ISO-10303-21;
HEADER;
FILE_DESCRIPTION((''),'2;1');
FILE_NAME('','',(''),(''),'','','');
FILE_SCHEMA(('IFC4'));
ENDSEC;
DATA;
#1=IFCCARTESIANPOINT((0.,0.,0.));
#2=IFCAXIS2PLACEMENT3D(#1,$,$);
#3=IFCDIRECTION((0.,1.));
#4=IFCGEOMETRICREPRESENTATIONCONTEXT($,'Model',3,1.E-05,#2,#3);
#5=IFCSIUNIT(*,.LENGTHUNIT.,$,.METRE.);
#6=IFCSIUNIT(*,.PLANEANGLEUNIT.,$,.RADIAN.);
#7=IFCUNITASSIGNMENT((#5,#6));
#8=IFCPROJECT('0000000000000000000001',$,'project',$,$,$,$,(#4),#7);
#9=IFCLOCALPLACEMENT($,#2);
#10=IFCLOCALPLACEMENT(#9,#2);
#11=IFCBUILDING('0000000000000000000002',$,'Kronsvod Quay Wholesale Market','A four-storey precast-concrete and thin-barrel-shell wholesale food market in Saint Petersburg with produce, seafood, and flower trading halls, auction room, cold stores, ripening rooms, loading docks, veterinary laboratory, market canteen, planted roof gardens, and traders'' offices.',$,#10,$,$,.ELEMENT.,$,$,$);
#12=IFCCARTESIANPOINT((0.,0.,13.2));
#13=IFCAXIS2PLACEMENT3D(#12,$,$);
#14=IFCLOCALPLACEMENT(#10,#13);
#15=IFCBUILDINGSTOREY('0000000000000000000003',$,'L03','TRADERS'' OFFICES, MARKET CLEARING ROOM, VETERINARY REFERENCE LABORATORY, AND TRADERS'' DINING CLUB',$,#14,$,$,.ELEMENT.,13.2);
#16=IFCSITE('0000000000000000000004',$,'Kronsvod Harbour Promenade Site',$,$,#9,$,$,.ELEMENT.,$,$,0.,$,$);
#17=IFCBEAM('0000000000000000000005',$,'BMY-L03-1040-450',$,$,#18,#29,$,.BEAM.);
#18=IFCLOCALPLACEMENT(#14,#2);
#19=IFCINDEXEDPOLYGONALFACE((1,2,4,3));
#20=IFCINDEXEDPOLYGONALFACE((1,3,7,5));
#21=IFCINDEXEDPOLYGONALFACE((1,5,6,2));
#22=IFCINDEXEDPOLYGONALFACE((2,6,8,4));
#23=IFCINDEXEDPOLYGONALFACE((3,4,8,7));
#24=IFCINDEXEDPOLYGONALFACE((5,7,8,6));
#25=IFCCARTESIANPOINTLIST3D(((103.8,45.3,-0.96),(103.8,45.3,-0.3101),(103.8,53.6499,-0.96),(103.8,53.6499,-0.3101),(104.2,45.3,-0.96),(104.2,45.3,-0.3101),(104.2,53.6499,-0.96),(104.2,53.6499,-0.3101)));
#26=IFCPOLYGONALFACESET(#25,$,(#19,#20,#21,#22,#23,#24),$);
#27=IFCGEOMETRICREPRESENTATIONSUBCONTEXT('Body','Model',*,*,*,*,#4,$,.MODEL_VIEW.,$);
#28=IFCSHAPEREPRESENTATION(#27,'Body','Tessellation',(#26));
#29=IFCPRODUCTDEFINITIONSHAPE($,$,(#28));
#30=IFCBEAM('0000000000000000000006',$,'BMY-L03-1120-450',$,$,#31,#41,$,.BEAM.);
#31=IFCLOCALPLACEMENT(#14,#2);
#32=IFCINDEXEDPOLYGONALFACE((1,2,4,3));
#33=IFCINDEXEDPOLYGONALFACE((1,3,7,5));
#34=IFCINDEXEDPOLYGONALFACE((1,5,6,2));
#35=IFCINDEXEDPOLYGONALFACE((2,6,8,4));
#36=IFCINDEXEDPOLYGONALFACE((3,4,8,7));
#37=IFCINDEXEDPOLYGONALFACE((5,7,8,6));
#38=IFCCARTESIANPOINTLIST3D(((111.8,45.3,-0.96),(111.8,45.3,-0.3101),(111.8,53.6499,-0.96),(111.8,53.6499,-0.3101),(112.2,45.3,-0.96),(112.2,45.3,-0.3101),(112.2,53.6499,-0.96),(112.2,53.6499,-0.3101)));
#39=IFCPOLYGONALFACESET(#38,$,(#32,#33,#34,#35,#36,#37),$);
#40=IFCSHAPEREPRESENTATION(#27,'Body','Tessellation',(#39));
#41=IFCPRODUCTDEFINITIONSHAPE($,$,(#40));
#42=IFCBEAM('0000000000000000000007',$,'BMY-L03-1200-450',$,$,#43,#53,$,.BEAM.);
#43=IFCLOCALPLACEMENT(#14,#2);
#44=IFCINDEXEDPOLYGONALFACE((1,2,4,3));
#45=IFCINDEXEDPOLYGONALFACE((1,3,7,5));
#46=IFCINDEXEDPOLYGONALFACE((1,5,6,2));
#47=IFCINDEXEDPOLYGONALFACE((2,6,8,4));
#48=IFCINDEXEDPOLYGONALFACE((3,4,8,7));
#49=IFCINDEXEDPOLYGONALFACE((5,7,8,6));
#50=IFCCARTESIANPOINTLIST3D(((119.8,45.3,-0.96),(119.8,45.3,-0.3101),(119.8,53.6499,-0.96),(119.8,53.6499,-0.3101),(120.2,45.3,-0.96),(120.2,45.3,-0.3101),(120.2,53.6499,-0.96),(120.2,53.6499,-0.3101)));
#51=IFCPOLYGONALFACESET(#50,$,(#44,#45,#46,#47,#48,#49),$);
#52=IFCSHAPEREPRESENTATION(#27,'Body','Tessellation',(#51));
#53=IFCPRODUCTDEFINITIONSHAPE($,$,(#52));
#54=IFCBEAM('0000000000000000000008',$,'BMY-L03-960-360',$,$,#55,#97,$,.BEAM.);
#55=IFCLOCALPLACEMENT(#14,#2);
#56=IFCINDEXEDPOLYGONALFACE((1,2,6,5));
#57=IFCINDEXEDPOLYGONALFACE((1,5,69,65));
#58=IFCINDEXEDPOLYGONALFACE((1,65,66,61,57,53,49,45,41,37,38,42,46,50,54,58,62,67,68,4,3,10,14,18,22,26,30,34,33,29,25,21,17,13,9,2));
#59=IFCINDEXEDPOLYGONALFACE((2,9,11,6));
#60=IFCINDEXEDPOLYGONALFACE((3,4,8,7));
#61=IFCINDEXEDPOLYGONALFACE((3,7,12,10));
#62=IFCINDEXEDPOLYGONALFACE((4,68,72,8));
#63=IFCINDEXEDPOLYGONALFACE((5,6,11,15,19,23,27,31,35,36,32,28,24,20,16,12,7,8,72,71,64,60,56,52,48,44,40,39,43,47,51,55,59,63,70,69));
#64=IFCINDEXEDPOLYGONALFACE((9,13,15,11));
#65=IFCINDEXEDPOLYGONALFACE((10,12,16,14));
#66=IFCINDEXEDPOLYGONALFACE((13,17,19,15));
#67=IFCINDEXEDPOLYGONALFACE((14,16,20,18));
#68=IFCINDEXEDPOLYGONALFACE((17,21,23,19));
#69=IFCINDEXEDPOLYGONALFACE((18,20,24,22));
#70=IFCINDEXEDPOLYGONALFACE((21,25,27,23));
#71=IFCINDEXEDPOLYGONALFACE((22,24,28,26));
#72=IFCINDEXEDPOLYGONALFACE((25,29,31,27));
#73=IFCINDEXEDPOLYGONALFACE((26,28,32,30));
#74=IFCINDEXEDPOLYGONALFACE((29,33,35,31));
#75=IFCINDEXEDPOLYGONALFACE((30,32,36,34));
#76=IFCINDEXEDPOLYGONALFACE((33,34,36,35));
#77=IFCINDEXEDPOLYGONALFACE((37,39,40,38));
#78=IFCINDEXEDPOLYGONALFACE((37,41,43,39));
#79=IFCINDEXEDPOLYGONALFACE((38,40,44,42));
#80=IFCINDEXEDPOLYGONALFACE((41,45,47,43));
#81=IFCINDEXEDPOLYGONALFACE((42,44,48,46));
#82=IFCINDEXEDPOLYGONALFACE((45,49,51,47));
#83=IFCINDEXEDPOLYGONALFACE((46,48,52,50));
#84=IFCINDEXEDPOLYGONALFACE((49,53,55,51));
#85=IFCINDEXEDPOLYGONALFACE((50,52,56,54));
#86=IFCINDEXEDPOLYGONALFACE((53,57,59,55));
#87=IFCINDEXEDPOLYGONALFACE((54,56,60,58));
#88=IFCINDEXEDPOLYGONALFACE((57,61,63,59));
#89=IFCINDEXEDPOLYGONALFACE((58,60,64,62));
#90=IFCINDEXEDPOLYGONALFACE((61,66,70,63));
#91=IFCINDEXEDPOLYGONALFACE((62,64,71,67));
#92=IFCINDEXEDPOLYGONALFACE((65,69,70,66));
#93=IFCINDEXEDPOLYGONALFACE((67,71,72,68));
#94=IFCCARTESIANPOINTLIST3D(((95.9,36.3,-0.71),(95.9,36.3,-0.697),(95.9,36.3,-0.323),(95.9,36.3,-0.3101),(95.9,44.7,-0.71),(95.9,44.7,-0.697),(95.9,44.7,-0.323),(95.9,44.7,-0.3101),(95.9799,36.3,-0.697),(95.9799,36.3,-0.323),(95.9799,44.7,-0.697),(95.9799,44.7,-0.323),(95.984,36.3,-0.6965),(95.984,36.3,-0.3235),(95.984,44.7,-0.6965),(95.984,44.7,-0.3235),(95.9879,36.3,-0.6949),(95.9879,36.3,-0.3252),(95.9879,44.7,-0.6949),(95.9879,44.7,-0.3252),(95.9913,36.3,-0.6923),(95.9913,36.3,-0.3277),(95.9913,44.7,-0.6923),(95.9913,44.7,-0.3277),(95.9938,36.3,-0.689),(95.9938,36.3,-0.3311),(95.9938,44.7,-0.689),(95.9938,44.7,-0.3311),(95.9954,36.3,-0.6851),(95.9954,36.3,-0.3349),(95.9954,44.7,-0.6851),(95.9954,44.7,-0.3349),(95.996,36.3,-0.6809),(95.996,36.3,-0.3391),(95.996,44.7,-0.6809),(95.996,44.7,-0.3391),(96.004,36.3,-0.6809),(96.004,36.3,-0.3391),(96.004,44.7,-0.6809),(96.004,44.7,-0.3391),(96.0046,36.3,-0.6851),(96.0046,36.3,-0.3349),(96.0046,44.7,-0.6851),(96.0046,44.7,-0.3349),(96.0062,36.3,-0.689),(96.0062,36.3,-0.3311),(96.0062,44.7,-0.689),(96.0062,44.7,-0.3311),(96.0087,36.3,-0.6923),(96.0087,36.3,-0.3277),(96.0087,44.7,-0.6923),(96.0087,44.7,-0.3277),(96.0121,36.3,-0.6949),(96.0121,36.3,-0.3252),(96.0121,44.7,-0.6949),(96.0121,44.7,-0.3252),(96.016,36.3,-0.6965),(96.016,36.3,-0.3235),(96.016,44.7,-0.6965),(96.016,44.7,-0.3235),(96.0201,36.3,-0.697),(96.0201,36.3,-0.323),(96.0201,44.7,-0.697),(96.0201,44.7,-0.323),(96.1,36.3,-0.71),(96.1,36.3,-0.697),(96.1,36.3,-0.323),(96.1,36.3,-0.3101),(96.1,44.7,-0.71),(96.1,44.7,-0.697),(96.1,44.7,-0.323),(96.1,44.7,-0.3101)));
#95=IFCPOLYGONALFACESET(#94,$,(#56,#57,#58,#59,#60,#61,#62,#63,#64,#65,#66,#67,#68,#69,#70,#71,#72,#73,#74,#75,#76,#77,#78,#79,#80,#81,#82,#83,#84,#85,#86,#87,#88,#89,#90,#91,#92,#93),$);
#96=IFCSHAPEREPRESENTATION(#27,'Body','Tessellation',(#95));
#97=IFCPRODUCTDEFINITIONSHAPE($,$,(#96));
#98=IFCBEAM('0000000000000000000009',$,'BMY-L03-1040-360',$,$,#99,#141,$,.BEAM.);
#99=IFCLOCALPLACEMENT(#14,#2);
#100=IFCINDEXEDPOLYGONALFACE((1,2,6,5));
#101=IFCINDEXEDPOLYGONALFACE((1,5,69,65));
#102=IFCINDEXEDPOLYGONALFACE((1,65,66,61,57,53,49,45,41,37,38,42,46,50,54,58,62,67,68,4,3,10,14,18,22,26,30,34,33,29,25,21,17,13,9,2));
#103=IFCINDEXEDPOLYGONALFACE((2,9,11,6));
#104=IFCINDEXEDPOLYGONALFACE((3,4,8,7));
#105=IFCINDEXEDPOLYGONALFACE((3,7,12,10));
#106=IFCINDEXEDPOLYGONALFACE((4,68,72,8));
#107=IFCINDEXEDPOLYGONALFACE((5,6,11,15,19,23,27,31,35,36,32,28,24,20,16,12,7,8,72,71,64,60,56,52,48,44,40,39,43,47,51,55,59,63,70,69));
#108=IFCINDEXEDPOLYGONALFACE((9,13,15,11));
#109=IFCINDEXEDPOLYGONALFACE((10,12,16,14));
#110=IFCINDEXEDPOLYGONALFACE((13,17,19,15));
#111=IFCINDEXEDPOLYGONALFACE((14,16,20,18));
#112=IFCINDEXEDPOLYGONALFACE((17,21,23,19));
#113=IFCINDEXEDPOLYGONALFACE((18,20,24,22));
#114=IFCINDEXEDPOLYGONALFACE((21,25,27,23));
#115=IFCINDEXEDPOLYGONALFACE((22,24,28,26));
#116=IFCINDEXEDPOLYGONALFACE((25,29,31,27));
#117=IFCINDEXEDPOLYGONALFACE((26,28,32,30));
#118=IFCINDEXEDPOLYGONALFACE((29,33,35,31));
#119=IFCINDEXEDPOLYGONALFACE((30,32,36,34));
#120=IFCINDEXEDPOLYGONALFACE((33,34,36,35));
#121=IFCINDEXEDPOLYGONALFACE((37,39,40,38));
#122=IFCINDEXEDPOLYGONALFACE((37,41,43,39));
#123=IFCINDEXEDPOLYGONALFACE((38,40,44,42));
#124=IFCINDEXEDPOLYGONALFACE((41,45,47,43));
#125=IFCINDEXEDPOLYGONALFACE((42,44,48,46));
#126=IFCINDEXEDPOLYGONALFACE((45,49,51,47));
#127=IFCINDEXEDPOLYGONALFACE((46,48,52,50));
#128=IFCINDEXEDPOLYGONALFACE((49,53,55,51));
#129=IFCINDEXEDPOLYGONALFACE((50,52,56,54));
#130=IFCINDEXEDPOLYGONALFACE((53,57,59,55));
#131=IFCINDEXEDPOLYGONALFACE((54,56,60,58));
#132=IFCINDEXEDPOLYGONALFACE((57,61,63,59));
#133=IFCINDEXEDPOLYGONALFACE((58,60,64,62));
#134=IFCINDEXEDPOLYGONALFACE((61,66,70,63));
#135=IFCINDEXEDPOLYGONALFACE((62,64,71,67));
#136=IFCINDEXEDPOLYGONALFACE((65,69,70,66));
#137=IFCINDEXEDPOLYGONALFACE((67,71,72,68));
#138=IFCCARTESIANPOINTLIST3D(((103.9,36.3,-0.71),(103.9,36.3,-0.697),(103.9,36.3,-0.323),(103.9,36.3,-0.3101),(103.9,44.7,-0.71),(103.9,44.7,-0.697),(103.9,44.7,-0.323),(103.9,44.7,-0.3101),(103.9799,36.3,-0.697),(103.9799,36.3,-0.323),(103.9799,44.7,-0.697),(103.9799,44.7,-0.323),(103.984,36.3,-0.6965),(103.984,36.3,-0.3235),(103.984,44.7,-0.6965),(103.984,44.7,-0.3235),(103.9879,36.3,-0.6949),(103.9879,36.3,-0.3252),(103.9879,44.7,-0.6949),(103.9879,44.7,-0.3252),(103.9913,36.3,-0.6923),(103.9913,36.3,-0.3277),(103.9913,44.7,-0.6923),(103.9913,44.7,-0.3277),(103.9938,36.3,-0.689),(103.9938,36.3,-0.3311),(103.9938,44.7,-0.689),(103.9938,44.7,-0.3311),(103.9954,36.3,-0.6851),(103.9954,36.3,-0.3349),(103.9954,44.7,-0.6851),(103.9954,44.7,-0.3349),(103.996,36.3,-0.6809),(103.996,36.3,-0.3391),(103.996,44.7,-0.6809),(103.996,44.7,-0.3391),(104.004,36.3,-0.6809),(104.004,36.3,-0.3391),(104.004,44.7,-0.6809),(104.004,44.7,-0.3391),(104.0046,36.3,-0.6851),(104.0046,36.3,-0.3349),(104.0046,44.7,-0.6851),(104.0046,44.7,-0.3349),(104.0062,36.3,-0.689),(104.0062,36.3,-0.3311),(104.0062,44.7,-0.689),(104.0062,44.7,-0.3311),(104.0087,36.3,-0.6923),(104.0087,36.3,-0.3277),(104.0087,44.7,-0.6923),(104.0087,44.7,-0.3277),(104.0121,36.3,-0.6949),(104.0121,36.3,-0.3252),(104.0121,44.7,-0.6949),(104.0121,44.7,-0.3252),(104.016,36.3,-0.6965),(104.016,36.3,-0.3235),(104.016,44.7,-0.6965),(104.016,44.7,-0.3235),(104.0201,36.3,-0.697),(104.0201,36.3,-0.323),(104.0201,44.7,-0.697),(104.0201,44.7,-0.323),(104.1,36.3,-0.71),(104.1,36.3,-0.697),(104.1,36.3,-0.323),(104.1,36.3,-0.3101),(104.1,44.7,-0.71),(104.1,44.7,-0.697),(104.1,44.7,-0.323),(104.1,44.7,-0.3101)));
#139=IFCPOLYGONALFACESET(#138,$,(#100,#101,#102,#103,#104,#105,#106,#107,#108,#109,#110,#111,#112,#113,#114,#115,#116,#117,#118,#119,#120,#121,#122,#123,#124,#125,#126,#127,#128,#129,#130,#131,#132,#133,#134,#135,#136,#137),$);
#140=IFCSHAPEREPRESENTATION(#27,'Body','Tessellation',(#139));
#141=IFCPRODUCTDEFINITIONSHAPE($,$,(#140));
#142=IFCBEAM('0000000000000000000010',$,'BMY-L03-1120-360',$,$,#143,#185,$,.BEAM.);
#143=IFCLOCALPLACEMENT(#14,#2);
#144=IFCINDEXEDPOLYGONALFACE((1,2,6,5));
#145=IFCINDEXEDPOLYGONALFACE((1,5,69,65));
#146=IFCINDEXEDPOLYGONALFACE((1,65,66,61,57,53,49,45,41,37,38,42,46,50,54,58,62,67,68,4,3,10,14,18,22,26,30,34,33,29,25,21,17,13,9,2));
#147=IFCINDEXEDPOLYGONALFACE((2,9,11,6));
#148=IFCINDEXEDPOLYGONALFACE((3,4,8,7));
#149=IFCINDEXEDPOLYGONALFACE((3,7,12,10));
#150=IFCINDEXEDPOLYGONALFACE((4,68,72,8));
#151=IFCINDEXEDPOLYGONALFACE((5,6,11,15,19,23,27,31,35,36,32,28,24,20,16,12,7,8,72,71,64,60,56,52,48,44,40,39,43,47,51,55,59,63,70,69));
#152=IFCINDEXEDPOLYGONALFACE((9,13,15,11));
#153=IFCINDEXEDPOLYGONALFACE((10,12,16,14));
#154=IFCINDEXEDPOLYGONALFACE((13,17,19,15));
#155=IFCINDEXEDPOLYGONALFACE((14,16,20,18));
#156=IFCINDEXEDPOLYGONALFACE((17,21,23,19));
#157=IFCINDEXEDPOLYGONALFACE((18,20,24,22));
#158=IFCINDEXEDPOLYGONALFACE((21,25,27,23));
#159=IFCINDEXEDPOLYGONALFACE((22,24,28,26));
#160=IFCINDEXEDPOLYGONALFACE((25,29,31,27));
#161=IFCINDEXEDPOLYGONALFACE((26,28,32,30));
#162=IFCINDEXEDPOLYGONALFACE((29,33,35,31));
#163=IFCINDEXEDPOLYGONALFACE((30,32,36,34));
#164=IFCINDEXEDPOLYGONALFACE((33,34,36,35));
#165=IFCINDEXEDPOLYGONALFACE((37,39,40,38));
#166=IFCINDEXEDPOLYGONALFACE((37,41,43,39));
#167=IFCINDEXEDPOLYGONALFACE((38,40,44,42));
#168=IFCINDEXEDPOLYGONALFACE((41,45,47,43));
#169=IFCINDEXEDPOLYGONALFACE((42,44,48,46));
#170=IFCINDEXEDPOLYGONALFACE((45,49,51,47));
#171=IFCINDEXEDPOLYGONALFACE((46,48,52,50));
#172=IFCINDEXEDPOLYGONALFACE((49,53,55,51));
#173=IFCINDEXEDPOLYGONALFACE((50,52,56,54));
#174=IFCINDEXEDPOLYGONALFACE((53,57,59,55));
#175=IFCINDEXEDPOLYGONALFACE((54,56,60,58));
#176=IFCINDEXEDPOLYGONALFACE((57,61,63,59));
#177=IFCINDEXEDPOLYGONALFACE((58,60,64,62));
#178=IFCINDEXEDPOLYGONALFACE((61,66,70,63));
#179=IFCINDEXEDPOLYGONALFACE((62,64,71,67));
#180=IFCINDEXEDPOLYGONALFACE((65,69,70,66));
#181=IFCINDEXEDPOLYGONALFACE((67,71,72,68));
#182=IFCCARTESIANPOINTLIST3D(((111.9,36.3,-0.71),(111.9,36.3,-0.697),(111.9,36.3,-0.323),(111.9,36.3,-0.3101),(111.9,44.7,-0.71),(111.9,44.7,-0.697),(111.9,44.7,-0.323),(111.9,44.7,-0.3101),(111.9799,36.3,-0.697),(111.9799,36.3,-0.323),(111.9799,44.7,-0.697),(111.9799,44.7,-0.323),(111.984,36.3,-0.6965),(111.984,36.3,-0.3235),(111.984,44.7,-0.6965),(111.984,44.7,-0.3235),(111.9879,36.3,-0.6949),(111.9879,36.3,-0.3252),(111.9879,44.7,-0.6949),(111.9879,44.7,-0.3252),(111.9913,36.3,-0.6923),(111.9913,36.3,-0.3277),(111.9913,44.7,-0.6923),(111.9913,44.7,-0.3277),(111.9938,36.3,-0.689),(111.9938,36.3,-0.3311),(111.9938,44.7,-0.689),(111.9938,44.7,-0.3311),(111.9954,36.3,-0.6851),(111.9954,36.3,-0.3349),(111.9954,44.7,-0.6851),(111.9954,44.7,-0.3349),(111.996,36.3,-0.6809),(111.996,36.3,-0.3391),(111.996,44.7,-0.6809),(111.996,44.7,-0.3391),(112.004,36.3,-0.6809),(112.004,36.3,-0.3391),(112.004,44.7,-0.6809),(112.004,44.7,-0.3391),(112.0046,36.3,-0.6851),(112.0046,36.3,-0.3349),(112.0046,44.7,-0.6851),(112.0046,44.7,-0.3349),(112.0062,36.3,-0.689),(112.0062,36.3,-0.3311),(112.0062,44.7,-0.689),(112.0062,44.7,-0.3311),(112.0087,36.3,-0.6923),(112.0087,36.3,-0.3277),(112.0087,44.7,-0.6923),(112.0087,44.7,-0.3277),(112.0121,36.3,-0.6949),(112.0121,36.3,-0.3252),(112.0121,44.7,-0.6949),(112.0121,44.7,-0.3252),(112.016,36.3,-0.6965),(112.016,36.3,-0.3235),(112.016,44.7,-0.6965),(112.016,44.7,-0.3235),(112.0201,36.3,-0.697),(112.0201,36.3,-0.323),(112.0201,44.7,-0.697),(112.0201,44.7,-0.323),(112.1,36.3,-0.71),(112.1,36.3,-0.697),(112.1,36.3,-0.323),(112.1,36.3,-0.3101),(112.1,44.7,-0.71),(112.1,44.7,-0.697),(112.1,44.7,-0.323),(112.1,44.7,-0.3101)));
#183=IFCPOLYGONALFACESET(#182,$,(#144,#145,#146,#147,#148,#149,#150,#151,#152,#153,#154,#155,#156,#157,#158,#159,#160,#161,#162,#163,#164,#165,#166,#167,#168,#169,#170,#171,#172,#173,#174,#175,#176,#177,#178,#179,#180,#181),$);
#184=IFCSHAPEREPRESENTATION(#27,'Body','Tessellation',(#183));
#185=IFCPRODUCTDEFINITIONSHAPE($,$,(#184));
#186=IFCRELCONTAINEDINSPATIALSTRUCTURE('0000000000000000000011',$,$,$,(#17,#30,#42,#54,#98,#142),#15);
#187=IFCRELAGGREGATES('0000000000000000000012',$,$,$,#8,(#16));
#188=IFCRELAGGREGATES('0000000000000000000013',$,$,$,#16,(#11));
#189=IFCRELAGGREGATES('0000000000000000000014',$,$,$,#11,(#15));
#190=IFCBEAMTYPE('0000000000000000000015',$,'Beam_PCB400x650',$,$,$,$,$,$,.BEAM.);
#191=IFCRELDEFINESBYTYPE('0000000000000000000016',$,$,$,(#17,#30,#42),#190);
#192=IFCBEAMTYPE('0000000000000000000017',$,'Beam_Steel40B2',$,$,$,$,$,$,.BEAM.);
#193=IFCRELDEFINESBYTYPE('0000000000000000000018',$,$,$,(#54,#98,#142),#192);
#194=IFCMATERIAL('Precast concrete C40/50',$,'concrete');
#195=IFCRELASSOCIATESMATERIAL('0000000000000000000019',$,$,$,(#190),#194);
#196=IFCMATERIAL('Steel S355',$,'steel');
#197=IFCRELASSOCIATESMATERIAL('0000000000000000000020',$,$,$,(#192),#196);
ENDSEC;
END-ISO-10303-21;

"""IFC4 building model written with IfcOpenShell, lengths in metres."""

from ifc_helpers import new_model, si_unit, direction, frame, origin, origin_2d, place, context, subcontext, project, spatial, rectangle, i_section, extrude, material, material_profile, profile_set, type_object, element, save


model = new_model("IFC4")

# Units and contexts
model_context = context("Model", 3, precision=1e-05, world=origin(), true_north=direction((0.0, 1.0)))
body_context = subcontext(model_context, "Body", "Model", "MODEL_VIEW")
ifc_project = project(units=[si_unit("LENGTHUNIT", "METRE"), si_unit("PLANEANGLEUNIT", "RADIAN")], contexts=[model_context])

# Site, building, storey
site_placement = place(None, origin())
site = spatial("IfcSite", under=ifc_project, at=site_placement, Name="Kronsvod Harbour Promenade Site", CompositionType="ELEMENT", RefElevation=0.0)
building_placement = place(site_placement, origin())
building = spatial("IfcBuilding", under=site, at=building_placement, Name="Kronsvod Quay Wholesale Market", Description="A four-storey precast-concrete and thin-barrel-shell wholesale food market in Saint Petersburg with produce, seafood, and flower trading halls, auction room, cold stores, ripening rooms, loading docks, veterinary laboratory, market canteen, planted roof gardens, and traders' offices.", CompositionType="ELEMENT")
storey_placement = place(building_placement, frame((0.0, 0.0, 13.2)))
storey = spatial("IfcBuildingStorey", under=building, at=storey_placement, Name="L03", Description="TRADERS' OFFICES, MARKET CLEARING ROOM, VETERINARY REFERENCE LABORATORY, AND TRADERS' DINING CLUB", CompositionType="ELEMENT", Elevation=13.2)

# Beams
ifc_material_1 = material(Name="Precast concrete C40/50", Category="concrete")
ifc_material_profile_1 = material_profile(ifc_material_1, rectangle(XDim=0.3999, YDim=0.6499, at=origin_2d()), Name="PCB400x650")
ifc_profile_set_1 = profile_set([ifc_material_profile_1], Name="Precast concrete C40/50")
beam_type_1 = type_object("IfcBeamType", Name="Beam_PCB400x650", PredefinedType="BEAM", material=ifc_profile_set_1)
for number, where, z_axis, x_axis, name in (
    (1, (104.0, 45.3, -0.635), (0.0, 1.0, 0.0), (-1.0, 0.0, 0.0), "BMY-L03-1040-450"),
    (2, (112.0, 45.3, -0.635), (0.0, 1.0, 0.0), (-1.0, 0.0, 0.0), "BMY-L03-1120-450"),
    (3, (120.0, 45.3, -0.635), (0.0, 1.0, 0.0), (-1.0, 0.0, 0.0), "BMY-L03-1200-450"),
):
    element("IfcBeam", number, at=place(storey_placement, frame(where, z_axis=z_axis, x_axis=x_axis)), inside=storey, type_object=beam_type_1, Name=name, PredefinedType="BEAM", context=body_context, shape_type="SweptSolid", body=[
        extrude(rectangle(XDim=0.3999, YDim=0.6499, at=origin_2d()), origin(), (0.0, 0.0, 1.0), 8.3499),
    ])
ifc_material_2 = material(Name="Steel S355", Category="steel")
ifc_material_profile_2 = material_profile(ifc_material_2, i_section(OverallWidth=0.2, OverallDepth=0.3999, WebThickness=0.0081, FlangeThickness=0.0129, FilletRadius=0.0161, at=origin_2d()), Name="40B2")
ifc_profile_set_2 = profile_set([ifc_material_profile_2], Name="Steel S355")
beam_type_2 = type_object("IfcBeamType", Name="Beam_Steel40B2", PredefinedType="BEAM", material=ifc_profile_set_2)
for number, where, z_axis, x_axis, name in (
    (4, (96.0, 36.3, -0.51), (0.0, 1.0, 0.0), (-1.0, 0.0, 0.0), "BMY-L03-960-360"),
    (5, (104.0, 36.3, -0.51), (0.0, 1.0, 0.0), (-1.0, 0.0, 0.0), "BMY-L03-1040-360"),
    (6, (112.0, 36.3, -0.51), (0.0, 1.0, 0.0), (-1.0, 0.0, 0.0), "BMY-L03-1120-360"),
):
    element("IfcBeam", number, at=place(storey_placement, frame(where, z_axis=z_axis, x_axis=x_axis)), inside=storey, type_object=beam_type_2, Name=name, PredefinedType="BEAM", context=body_context, shape_type="SweptSolid", body=[
        extrude(i_section(OverallWidth=0.2, OverallDepth=0.3999, WebThickness=0.0081, FlangeThickness=0.0129, FilletRadius=0.0161, at=origin_2d()), origin(), (0.0, 0.0, 1.0), 8.3999),
    ])

save(model, "model.ifc")
